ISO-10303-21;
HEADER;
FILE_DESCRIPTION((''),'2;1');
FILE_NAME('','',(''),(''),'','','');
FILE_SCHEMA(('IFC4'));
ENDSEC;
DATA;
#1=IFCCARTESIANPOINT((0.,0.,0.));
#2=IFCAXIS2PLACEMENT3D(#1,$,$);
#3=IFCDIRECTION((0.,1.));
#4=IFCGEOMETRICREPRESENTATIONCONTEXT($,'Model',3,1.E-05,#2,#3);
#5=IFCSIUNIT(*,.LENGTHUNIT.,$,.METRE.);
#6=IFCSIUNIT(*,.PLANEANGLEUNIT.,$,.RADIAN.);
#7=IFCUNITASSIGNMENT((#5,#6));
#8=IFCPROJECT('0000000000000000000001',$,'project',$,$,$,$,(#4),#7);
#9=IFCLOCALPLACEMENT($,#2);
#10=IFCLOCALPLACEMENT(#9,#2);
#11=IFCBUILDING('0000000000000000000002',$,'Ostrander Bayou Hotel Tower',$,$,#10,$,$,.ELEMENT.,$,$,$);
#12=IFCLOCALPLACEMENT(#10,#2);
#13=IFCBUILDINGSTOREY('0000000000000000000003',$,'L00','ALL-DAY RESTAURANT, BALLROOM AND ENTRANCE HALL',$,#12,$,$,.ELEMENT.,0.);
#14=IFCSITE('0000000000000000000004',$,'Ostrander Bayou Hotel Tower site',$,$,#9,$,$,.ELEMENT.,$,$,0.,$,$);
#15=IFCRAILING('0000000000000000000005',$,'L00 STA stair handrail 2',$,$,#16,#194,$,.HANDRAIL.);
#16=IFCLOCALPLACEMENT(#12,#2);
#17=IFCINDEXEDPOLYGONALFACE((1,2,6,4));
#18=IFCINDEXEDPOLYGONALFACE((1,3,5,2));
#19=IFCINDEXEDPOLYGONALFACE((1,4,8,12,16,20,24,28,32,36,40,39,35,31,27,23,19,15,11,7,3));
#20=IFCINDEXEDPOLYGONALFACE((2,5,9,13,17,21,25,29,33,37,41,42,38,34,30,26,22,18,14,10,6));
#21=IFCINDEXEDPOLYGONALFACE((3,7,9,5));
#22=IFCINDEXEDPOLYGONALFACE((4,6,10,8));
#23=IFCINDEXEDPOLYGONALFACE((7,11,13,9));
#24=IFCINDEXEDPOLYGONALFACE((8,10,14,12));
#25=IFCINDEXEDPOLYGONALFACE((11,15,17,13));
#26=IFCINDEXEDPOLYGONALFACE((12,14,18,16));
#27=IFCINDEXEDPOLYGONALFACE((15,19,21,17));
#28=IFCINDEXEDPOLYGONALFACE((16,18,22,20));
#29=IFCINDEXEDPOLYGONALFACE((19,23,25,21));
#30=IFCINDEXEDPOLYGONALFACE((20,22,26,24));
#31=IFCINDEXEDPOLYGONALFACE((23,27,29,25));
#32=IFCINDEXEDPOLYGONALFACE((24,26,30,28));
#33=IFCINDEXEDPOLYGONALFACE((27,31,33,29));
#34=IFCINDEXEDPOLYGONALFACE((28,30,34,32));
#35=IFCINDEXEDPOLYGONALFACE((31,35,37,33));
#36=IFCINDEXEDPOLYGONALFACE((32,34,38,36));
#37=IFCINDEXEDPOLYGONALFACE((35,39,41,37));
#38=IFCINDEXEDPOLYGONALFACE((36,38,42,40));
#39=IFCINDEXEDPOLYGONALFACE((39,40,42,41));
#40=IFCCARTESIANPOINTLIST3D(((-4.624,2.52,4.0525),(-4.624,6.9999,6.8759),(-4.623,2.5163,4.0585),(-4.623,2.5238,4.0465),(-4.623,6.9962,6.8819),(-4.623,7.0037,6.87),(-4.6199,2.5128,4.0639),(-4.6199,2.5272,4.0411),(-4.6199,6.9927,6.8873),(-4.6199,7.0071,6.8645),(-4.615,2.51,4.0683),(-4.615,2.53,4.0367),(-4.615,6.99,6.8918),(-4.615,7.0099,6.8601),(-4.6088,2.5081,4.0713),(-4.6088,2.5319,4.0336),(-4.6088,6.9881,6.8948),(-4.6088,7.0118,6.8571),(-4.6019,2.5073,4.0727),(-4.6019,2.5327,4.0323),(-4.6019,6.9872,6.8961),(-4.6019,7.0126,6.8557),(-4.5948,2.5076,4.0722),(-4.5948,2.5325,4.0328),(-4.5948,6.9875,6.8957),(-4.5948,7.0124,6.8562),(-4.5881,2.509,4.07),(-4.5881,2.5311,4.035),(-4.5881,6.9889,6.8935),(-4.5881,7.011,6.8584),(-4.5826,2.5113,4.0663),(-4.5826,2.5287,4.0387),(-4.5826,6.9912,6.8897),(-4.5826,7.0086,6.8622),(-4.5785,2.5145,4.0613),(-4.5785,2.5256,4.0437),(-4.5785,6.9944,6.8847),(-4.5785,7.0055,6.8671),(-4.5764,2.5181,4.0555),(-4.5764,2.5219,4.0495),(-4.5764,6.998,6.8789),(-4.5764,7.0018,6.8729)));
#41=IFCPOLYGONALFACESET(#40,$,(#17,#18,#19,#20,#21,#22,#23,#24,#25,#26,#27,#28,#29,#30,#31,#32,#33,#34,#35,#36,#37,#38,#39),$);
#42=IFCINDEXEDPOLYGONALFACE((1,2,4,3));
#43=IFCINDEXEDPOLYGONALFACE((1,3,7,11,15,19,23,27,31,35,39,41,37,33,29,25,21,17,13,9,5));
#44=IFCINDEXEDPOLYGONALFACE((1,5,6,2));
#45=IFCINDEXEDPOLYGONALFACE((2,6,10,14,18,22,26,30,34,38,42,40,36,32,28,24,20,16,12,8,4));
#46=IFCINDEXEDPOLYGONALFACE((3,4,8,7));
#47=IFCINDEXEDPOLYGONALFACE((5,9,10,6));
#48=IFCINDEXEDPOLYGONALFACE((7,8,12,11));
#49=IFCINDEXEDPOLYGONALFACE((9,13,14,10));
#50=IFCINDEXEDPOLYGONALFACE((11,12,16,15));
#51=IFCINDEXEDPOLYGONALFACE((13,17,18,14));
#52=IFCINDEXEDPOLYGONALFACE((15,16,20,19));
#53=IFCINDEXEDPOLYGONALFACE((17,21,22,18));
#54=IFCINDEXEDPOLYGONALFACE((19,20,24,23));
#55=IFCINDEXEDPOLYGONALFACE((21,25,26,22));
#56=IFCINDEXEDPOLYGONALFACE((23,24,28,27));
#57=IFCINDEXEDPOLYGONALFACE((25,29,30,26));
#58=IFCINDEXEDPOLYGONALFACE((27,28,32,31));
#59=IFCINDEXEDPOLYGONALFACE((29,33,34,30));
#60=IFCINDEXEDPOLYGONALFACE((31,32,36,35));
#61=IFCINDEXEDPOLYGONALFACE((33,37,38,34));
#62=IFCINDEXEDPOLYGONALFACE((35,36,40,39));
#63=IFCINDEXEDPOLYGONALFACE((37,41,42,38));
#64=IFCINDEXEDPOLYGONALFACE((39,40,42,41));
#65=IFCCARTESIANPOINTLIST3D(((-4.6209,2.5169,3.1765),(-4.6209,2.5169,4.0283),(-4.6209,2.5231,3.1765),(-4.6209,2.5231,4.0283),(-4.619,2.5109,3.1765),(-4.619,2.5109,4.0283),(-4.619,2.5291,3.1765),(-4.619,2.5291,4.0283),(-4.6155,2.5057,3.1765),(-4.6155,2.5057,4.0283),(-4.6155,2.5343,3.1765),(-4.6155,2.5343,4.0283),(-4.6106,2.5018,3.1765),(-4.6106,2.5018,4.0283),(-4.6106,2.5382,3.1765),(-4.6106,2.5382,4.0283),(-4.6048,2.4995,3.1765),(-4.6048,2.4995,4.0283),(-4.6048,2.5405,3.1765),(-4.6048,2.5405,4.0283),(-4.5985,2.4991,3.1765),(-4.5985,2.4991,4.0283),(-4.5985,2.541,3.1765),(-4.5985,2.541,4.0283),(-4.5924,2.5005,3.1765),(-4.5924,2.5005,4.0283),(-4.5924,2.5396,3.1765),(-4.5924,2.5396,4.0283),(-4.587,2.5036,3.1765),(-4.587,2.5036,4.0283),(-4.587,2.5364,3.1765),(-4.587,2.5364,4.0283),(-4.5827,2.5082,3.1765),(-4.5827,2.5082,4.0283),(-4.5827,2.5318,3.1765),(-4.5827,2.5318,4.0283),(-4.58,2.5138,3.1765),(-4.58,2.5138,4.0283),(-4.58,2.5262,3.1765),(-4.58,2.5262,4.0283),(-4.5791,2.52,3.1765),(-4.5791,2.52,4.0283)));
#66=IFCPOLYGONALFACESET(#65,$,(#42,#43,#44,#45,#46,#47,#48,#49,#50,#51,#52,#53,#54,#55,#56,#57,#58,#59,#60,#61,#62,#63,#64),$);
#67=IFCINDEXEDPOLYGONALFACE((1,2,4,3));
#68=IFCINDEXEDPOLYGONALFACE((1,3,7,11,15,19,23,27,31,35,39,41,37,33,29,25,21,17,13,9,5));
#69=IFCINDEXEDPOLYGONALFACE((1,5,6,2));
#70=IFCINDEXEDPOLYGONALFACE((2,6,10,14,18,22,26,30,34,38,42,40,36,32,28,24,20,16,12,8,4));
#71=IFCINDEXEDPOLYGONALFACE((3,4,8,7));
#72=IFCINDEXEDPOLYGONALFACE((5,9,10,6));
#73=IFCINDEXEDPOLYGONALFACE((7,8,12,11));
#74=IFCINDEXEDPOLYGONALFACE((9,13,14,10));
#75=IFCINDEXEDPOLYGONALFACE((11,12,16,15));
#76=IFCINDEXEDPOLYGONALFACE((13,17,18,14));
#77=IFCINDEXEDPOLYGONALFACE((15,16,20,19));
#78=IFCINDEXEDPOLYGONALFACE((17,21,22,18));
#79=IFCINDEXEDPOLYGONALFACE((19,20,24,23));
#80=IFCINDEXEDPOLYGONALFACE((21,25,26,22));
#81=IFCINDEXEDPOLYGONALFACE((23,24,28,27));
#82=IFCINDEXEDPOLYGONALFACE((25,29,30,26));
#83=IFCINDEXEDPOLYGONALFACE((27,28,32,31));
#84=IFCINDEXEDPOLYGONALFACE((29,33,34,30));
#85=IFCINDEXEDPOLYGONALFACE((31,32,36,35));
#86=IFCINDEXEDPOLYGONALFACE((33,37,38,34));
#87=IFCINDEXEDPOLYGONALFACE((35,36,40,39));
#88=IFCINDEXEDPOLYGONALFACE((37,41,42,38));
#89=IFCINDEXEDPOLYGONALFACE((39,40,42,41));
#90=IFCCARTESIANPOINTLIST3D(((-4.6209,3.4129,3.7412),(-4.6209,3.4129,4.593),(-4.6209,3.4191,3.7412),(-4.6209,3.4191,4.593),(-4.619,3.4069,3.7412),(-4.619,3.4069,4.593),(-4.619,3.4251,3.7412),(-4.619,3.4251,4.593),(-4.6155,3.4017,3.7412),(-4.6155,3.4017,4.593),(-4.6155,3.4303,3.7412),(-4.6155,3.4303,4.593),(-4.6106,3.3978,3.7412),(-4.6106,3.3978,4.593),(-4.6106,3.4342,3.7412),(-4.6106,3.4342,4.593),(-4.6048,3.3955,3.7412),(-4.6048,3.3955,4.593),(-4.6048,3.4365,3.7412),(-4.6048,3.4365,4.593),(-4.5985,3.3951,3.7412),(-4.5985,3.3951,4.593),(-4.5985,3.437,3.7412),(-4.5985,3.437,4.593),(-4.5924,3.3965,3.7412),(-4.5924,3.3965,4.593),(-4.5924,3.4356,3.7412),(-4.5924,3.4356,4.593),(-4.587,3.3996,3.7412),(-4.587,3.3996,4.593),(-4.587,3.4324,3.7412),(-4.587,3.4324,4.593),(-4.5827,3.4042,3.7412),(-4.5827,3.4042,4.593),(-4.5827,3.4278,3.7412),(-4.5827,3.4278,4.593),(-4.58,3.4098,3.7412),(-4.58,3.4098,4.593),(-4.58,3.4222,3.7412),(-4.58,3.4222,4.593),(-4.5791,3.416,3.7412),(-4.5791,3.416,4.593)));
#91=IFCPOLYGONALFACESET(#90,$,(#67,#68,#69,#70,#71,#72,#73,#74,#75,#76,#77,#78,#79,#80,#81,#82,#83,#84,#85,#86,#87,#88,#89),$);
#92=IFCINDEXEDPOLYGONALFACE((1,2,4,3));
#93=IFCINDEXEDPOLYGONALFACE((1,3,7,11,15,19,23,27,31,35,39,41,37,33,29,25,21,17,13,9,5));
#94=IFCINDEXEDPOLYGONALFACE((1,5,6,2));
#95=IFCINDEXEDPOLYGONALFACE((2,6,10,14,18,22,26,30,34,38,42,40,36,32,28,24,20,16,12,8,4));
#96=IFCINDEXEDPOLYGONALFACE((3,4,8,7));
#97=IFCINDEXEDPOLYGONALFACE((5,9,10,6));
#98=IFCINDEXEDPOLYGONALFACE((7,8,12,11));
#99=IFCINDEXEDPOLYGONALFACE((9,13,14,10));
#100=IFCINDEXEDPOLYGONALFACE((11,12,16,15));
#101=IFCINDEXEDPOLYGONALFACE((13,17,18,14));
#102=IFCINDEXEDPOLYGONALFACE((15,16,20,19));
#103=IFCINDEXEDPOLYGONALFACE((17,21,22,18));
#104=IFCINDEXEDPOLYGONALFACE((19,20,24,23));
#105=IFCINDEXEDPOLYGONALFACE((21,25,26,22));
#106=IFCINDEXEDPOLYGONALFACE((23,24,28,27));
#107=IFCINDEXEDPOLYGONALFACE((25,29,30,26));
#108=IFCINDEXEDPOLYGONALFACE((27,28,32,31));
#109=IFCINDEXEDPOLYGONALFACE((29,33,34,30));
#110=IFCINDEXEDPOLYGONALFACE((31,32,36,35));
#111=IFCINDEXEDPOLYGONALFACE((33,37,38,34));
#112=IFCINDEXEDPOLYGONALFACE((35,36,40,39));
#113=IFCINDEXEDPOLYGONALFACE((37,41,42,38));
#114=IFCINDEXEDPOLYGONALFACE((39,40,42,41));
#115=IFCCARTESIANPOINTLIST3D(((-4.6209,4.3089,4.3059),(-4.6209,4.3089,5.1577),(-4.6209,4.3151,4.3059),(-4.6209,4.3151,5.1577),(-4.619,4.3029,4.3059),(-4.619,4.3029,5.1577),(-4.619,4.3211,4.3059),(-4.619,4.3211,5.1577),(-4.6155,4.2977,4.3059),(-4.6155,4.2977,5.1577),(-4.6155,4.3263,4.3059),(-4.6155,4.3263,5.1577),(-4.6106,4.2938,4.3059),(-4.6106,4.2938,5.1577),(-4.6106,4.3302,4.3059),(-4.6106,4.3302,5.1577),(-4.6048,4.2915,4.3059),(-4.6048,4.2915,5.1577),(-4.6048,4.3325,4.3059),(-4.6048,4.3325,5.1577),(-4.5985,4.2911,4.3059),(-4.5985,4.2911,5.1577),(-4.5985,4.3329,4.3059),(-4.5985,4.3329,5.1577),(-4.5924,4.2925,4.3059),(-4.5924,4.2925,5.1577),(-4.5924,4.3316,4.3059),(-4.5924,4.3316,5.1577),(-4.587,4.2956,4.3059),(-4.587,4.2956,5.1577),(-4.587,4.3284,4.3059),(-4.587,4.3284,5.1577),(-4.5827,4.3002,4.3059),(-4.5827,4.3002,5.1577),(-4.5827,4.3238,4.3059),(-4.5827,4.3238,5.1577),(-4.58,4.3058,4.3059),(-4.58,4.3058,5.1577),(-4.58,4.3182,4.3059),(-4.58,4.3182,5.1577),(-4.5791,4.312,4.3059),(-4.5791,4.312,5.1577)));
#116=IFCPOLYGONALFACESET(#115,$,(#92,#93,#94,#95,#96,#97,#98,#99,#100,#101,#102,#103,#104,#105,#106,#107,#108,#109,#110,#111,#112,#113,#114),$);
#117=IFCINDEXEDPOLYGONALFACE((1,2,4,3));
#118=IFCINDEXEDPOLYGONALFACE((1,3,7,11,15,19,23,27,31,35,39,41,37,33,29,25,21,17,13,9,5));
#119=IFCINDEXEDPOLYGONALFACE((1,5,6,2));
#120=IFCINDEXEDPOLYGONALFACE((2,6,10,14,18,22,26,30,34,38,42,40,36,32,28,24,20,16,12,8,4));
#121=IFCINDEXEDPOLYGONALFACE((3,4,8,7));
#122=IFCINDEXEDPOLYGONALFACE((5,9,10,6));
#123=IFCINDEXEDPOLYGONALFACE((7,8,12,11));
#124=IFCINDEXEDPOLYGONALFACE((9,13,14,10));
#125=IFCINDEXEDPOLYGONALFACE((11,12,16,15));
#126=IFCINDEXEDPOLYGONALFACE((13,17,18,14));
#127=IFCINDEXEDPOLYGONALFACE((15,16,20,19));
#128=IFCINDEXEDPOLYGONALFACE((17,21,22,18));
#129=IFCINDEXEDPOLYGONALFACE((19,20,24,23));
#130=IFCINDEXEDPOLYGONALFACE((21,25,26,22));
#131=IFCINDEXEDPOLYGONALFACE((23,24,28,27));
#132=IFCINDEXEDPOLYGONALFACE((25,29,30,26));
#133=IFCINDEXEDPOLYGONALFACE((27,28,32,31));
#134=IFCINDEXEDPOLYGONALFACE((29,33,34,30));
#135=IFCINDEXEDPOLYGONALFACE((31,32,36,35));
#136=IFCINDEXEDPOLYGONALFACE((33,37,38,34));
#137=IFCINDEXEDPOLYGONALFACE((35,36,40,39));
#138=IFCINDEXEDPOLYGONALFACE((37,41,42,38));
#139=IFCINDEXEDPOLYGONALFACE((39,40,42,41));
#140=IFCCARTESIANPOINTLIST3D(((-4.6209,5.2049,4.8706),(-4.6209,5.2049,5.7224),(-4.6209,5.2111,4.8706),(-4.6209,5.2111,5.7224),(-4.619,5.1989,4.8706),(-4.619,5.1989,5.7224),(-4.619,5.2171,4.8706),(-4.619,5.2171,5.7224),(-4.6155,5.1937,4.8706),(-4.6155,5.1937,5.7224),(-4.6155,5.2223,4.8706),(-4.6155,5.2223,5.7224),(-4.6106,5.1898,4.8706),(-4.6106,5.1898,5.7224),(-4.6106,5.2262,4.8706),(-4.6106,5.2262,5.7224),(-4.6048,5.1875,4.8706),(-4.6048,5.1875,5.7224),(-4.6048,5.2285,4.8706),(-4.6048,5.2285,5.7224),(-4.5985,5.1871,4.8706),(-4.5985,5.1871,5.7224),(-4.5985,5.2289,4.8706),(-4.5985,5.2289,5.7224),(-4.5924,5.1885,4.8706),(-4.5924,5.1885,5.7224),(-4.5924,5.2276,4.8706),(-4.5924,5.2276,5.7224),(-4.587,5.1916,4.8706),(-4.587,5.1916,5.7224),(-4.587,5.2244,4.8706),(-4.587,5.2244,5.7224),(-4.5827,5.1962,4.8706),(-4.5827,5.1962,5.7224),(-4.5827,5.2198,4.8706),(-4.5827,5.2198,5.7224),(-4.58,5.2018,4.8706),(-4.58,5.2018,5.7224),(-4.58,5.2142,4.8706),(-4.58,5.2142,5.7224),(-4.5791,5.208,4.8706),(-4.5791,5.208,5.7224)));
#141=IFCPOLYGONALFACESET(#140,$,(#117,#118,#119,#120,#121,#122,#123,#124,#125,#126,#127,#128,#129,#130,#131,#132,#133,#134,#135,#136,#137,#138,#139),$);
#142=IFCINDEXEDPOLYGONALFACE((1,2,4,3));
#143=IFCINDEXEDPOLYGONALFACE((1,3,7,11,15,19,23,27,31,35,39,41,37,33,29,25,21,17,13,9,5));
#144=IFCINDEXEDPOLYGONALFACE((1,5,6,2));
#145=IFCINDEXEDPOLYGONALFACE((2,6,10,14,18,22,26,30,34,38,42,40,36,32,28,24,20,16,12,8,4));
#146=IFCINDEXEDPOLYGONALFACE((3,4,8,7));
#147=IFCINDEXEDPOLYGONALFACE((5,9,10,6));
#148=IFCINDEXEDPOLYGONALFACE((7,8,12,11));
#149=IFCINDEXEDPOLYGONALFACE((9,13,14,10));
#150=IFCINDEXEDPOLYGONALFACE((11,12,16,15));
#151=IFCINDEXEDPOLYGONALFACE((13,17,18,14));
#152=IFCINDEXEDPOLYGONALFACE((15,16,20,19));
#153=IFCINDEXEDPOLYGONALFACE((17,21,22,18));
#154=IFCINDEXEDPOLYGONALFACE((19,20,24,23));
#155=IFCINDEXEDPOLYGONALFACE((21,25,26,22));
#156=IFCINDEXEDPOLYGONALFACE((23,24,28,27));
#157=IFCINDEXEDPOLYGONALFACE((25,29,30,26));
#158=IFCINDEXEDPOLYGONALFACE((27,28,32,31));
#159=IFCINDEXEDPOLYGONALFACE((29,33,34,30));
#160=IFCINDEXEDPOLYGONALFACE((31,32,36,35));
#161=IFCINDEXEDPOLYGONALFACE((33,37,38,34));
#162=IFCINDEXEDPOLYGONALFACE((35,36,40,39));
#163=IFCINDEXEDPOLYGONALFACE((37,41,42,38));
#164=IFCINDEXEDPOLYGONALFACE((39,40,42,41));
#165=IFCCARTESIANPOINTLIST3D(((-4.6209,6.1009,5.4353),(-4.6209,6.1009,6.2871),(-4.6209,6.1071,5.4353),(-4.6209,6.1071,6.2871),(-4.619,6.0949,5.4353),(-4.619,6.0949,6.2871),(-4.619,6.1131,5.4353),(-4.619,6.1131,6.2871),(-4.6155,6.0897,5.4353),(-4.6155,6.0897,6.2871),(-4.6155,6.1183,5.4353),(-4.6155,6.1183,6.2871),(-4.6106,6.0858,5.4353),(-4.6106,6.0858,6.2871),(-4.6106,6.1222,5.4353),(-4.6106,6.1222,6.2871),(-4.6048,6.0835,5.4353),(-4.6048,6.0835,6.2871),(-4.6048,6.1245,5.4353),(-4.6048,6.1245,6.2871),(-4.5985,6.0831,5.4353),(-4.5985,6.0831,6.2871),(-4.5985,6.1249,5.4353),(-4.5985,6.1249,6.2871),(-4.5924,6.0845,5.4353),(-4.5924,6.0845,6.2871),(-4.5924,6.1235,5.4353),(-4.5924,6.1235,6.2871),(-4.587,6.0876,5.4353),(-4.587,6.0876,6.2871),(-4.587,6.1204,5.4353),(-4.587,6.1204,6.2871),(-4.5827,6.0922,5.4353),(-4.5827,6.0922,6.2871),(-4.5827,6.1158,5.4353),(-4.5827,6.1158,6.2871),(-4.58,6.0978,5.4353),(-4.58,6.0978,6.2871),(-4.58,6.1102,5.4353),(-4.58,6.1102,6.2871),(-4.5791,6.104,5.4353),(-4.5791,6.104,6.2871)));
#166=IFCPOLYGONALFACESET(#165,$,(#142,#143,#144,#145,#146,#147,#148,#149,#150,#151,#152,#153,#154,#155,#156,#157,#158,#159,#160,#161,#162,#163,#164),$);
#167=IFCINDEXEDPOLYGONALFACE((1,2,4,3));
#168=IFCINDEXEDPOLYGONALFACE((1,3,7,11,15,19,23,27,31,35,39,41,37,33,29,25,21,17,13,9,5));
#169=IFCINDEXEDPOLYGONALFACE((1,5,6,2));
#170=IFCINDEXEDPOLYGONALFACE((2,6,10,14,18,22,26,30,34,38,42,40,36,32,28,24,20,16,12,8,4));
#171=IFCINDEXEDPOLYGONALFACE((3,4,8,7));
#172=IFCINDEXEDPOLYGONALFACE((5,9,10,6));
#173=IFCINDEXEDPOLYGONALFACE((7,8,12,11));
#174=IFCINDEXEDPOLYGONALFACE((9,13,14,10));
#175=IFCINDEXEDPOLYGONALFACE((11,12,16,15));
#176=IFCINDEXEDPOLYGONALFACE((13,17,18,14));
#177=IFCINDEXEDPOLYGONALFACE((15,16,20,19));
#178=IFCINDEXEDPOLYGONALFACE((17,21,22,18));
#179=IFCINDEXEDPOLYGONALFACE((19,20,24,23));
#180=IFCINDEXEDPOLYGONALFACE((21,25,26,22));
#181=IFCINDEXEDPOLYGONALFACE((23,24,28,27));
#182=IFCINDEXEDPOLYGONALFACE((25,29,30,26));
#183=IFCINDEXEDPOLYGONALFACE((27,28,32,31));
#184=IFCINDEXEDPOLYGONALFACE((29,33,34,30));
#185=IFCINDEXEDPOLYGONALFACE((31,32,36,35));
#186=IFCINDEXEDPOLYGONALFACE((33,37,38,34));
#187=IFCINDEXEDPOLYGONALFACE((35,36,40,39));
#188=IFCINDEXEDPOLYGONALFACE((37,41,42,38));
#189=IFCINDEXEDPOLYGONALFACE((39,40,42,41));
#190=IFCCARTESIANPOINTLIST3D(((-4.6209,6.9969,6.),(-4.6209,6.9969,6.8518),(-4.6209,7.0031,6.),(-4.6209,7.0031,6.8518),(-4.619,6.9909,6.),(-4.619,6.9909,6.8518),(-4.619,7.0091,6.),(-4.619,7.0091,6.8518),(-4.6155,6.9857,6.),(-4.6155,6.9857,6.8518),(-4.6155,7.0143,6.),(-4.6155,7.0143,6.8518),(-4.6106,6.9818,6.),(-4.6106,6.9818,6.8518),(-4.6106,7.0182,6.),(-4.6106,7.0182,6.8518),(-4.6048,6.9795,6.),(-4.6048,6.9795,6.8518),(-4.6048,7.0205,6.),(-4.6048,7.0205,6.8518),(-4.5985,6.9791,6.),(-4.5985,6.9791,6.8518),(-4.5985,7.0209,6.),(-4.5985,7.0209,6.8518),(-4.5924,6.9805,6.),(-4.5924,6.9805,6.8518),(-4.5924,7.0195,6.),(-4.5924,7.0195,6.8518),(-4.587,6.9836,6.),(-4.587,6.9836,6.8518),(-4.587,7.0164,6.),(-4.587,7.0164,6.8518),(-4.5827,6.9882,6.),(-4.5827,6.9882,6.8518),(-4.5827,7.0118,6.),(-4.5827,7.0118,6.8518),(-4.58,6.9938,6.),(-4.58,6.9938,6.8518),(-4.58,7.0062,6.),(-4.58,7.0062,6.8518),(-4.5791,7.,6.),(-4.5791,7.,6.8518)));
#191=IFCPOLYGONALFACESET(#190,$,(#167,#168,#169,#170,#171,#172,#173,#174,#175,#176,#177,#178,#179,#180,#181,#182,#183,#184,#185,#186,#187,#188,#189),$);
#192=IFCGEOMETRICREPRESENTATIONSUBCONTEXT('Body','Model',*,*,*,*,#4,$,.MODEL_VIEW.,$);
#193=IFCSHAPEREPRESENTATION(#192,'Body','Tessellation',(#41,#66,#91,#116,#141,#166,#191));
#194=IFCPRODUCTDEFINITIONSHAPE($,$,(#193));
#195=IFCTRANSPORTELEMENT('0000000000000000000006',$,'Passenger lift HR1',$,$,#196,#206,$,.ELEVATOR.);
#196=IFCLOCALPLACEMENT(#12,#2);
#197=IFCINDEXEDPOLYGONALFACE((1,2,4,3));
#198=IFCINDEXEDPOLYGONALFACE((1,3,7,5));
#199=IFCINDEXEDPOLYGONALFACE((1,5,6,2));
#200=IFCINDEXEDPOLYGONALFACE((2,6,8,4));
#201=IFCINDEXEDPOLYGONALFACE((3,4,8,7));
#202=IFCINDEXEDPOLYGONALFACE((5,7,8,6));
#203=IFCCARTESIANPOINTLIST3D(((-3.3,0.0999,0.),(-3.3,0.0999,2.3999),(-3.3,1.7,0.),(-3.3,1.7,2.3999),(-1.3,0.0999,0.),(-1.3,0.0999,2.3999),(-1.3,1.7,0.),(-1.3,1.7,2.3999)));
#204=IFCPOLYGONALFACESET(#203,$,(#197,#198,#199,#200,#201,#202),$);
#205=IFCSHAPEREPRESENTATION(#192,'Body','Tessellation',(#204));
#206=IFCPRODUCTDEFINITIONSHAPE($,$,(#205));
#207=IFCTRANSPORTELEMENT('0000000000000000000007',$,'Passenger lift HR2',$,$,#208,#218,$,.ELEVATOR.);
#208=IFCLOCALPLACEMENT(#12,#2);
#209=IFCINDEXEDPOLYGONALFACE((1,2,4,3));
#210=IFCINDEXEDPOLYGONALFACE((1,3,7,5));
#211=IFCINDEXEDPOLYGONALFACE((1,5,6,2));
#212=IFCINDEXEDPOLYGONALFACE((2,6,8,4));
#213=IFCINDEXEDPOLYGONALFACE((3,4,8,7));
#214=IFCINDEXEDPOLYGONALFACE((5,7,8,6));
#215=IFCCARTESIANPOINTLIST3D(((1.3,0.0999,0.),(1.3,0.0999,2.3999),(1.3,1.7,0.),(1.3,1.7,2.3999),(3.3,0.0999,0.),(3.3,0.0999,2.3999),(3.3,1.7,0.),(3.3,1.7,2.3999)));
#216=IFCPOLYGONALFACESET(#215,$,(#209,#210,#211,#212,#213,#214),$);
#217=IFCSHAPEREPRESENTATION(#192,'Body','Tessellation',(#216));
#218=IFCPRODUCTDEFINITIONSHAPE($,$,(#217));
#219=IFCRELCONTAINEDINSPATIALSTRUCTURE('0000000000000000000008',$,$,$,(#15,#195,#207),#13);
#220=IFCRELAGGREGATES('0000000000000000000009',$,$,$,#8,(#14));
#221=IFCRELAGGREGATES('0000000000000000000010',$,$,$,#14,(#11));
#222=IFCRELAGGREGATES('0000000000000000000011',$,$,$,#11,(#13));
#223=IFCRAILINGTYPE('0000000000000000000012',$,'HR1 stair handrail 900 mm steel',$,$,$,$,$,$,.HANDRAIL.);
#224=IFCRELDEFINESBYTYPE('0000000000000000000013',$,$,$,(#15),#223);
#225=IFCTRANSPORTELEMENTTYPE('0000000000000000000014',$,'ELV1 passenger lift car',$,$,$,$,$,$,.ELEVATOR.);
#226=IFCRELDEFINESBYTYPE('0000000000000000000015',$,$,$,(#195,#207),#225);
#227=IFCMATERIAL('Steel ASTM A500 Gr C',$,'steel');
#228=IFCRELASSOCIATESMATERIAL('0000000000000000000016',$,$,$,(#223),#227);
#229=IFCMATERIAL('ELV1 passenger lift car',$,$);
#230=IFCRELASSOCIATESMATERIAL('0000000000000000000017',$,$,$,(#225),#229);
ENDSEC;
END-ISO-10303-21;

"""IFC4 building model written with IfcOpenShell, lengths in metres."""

from ifc_helpers import new_model, si_unit, direction, frame, origin, origin_2d, place, context, subcontext, project, spatial, rectangle, circle, extrude, material, type_object, element, save


model = new_model("IFC4")

# Units and contexts
model_context = context("Model", 3, precision=1e-05, world=origin(), true_north=direction((0.0, 1.0)))
body_context = subcontext(model_context, "Body", "Model", "MODEL_VIEW")
ifc_project = project(units=[si_unit("LENGTHUNIT", "METRE"), si_unit("PLANEANGLEUNIT", "RADIAN")], contexts=[model_context])

# Site, building, storey
site_placement = place(None, origin())
site = spatial("IfcSite", under=ifc_project, at=site_placement, Name="Ostrander Bayou Hotel Tower site", CompositionType="ELEMENT", RefElevation=0.0)
building_placement = place(site_placement, origin())
building = spatial("IfcBuilding", under=site, at=building_placement, Name="Ostrander Bayou Hotel Tower", CompositionType="ELEMENT")
storey_placement = place(building_placement, origin())
storey = spatial("IfcBuildingStorey", under=building, at=storey_placement, Name="L00", Description="ALL-DAY RESTAURANT, BALLROOM AND ENTRANCE HALL", CompositionType="ELEMENT", Elevation=0.0)

# Railing
ifc_material_1 = material(Name="Steel ASTM A500 Gr C", Category="steel")
railing_type_1 = type_object("IfcRailingType", Name="HR1 stair handrail 900 mm steel", PredefinedType="HANDRAIL", material=ifc_material_1)
railing_1_placement = place(storey_placement, frame((-4.6001, 2.52, 3.1765)))
element("IfcRailing", 1, at=railing_1_placement, inside=storey, type_object=railing_type_1, Name="L00 STA stair handrail 2", PredefinedType="HANDRAIL", context=body_context, shape_type="SweptSolid", body=[
    extrude(circle(Radius=0.0239, at=origin_2d()), frame((0.0, 0.0, 0.876), z_axis=(0.0, 0.845998, 0.533186), x_axis=(-1.0, 0.0, 0.0)), (0.0, 0.0, 1.0), 5.2954),
    extrude(circle(Radius=0.021, at=origin_2d()), origin(), (0.0, 0.0, 1.0), 0.8518),
    extrude(circle(Radius=0.021, at=origin_2d()), frame((0.0, 0.896, 0.5647)), (0.0, 0.0, 1.0), 0.8518),
    extrude(circle(Radius=0.021, at=origin_2d()), frame((0.0, 1.792, 1.1294)), (0.0, 0.0, 1.0), 0.8518),
    extrude(circle(Radius=0.021, at=origin_2d()), frame((0.0, 2.688, 1.6941)), (0.0, 0.0, 1.0), 0.8518),
    extrude(circle(Radius=0.021, at=origin_2d()), frame((0.0, 3.584, 2.2588)), (0.0, 0.0, 1.0), 0.8518),
    extrude(circle(Radius=0.021, at=origin_2d()), frame((0.0, 4.48, 2.8235)), (0.0, 0.0, 1.0), 0.8518),
])

# Transport elements
ifc_material_2 = material(Name="ELV1 passenger lift car")
transport_element_type = type_object("IfcTransportElementType", Name="ELV1 passenger lift car", PredefinedType="ELEVATOR", material=ifc_material_2)
for number, where, z_axis, x_axis, name in (
    (2, (-2.3, 0.8999, 0.0), (0.0, 0.0, 1.0), (1.0, 0.0, 0.0), "Passenger lift HR1"),
    (3, (2.3, 0.8999, 0.0), (0.0, 0.0, 1.0), (1.0, 0.0, 0.0), "Passenger lift HR2"),
):
    element("IfcTransportElement", number, at=place(storey_placement, frame(where, z_axis=z_axis, x_axis=x_axis)), inside=storey, type_object=transport_element_type, Name=name, PredefinedType="ELEVATOR", context=body_context, shape_type="SweptSolid", body=[
        extrude(rectangle(XDim=2.0, YDim=1.6001, at=origin_2d()), origin(), (0.0, 0.0, 1.0), 2.3999),
    ])

save(model, "model.ifc")
